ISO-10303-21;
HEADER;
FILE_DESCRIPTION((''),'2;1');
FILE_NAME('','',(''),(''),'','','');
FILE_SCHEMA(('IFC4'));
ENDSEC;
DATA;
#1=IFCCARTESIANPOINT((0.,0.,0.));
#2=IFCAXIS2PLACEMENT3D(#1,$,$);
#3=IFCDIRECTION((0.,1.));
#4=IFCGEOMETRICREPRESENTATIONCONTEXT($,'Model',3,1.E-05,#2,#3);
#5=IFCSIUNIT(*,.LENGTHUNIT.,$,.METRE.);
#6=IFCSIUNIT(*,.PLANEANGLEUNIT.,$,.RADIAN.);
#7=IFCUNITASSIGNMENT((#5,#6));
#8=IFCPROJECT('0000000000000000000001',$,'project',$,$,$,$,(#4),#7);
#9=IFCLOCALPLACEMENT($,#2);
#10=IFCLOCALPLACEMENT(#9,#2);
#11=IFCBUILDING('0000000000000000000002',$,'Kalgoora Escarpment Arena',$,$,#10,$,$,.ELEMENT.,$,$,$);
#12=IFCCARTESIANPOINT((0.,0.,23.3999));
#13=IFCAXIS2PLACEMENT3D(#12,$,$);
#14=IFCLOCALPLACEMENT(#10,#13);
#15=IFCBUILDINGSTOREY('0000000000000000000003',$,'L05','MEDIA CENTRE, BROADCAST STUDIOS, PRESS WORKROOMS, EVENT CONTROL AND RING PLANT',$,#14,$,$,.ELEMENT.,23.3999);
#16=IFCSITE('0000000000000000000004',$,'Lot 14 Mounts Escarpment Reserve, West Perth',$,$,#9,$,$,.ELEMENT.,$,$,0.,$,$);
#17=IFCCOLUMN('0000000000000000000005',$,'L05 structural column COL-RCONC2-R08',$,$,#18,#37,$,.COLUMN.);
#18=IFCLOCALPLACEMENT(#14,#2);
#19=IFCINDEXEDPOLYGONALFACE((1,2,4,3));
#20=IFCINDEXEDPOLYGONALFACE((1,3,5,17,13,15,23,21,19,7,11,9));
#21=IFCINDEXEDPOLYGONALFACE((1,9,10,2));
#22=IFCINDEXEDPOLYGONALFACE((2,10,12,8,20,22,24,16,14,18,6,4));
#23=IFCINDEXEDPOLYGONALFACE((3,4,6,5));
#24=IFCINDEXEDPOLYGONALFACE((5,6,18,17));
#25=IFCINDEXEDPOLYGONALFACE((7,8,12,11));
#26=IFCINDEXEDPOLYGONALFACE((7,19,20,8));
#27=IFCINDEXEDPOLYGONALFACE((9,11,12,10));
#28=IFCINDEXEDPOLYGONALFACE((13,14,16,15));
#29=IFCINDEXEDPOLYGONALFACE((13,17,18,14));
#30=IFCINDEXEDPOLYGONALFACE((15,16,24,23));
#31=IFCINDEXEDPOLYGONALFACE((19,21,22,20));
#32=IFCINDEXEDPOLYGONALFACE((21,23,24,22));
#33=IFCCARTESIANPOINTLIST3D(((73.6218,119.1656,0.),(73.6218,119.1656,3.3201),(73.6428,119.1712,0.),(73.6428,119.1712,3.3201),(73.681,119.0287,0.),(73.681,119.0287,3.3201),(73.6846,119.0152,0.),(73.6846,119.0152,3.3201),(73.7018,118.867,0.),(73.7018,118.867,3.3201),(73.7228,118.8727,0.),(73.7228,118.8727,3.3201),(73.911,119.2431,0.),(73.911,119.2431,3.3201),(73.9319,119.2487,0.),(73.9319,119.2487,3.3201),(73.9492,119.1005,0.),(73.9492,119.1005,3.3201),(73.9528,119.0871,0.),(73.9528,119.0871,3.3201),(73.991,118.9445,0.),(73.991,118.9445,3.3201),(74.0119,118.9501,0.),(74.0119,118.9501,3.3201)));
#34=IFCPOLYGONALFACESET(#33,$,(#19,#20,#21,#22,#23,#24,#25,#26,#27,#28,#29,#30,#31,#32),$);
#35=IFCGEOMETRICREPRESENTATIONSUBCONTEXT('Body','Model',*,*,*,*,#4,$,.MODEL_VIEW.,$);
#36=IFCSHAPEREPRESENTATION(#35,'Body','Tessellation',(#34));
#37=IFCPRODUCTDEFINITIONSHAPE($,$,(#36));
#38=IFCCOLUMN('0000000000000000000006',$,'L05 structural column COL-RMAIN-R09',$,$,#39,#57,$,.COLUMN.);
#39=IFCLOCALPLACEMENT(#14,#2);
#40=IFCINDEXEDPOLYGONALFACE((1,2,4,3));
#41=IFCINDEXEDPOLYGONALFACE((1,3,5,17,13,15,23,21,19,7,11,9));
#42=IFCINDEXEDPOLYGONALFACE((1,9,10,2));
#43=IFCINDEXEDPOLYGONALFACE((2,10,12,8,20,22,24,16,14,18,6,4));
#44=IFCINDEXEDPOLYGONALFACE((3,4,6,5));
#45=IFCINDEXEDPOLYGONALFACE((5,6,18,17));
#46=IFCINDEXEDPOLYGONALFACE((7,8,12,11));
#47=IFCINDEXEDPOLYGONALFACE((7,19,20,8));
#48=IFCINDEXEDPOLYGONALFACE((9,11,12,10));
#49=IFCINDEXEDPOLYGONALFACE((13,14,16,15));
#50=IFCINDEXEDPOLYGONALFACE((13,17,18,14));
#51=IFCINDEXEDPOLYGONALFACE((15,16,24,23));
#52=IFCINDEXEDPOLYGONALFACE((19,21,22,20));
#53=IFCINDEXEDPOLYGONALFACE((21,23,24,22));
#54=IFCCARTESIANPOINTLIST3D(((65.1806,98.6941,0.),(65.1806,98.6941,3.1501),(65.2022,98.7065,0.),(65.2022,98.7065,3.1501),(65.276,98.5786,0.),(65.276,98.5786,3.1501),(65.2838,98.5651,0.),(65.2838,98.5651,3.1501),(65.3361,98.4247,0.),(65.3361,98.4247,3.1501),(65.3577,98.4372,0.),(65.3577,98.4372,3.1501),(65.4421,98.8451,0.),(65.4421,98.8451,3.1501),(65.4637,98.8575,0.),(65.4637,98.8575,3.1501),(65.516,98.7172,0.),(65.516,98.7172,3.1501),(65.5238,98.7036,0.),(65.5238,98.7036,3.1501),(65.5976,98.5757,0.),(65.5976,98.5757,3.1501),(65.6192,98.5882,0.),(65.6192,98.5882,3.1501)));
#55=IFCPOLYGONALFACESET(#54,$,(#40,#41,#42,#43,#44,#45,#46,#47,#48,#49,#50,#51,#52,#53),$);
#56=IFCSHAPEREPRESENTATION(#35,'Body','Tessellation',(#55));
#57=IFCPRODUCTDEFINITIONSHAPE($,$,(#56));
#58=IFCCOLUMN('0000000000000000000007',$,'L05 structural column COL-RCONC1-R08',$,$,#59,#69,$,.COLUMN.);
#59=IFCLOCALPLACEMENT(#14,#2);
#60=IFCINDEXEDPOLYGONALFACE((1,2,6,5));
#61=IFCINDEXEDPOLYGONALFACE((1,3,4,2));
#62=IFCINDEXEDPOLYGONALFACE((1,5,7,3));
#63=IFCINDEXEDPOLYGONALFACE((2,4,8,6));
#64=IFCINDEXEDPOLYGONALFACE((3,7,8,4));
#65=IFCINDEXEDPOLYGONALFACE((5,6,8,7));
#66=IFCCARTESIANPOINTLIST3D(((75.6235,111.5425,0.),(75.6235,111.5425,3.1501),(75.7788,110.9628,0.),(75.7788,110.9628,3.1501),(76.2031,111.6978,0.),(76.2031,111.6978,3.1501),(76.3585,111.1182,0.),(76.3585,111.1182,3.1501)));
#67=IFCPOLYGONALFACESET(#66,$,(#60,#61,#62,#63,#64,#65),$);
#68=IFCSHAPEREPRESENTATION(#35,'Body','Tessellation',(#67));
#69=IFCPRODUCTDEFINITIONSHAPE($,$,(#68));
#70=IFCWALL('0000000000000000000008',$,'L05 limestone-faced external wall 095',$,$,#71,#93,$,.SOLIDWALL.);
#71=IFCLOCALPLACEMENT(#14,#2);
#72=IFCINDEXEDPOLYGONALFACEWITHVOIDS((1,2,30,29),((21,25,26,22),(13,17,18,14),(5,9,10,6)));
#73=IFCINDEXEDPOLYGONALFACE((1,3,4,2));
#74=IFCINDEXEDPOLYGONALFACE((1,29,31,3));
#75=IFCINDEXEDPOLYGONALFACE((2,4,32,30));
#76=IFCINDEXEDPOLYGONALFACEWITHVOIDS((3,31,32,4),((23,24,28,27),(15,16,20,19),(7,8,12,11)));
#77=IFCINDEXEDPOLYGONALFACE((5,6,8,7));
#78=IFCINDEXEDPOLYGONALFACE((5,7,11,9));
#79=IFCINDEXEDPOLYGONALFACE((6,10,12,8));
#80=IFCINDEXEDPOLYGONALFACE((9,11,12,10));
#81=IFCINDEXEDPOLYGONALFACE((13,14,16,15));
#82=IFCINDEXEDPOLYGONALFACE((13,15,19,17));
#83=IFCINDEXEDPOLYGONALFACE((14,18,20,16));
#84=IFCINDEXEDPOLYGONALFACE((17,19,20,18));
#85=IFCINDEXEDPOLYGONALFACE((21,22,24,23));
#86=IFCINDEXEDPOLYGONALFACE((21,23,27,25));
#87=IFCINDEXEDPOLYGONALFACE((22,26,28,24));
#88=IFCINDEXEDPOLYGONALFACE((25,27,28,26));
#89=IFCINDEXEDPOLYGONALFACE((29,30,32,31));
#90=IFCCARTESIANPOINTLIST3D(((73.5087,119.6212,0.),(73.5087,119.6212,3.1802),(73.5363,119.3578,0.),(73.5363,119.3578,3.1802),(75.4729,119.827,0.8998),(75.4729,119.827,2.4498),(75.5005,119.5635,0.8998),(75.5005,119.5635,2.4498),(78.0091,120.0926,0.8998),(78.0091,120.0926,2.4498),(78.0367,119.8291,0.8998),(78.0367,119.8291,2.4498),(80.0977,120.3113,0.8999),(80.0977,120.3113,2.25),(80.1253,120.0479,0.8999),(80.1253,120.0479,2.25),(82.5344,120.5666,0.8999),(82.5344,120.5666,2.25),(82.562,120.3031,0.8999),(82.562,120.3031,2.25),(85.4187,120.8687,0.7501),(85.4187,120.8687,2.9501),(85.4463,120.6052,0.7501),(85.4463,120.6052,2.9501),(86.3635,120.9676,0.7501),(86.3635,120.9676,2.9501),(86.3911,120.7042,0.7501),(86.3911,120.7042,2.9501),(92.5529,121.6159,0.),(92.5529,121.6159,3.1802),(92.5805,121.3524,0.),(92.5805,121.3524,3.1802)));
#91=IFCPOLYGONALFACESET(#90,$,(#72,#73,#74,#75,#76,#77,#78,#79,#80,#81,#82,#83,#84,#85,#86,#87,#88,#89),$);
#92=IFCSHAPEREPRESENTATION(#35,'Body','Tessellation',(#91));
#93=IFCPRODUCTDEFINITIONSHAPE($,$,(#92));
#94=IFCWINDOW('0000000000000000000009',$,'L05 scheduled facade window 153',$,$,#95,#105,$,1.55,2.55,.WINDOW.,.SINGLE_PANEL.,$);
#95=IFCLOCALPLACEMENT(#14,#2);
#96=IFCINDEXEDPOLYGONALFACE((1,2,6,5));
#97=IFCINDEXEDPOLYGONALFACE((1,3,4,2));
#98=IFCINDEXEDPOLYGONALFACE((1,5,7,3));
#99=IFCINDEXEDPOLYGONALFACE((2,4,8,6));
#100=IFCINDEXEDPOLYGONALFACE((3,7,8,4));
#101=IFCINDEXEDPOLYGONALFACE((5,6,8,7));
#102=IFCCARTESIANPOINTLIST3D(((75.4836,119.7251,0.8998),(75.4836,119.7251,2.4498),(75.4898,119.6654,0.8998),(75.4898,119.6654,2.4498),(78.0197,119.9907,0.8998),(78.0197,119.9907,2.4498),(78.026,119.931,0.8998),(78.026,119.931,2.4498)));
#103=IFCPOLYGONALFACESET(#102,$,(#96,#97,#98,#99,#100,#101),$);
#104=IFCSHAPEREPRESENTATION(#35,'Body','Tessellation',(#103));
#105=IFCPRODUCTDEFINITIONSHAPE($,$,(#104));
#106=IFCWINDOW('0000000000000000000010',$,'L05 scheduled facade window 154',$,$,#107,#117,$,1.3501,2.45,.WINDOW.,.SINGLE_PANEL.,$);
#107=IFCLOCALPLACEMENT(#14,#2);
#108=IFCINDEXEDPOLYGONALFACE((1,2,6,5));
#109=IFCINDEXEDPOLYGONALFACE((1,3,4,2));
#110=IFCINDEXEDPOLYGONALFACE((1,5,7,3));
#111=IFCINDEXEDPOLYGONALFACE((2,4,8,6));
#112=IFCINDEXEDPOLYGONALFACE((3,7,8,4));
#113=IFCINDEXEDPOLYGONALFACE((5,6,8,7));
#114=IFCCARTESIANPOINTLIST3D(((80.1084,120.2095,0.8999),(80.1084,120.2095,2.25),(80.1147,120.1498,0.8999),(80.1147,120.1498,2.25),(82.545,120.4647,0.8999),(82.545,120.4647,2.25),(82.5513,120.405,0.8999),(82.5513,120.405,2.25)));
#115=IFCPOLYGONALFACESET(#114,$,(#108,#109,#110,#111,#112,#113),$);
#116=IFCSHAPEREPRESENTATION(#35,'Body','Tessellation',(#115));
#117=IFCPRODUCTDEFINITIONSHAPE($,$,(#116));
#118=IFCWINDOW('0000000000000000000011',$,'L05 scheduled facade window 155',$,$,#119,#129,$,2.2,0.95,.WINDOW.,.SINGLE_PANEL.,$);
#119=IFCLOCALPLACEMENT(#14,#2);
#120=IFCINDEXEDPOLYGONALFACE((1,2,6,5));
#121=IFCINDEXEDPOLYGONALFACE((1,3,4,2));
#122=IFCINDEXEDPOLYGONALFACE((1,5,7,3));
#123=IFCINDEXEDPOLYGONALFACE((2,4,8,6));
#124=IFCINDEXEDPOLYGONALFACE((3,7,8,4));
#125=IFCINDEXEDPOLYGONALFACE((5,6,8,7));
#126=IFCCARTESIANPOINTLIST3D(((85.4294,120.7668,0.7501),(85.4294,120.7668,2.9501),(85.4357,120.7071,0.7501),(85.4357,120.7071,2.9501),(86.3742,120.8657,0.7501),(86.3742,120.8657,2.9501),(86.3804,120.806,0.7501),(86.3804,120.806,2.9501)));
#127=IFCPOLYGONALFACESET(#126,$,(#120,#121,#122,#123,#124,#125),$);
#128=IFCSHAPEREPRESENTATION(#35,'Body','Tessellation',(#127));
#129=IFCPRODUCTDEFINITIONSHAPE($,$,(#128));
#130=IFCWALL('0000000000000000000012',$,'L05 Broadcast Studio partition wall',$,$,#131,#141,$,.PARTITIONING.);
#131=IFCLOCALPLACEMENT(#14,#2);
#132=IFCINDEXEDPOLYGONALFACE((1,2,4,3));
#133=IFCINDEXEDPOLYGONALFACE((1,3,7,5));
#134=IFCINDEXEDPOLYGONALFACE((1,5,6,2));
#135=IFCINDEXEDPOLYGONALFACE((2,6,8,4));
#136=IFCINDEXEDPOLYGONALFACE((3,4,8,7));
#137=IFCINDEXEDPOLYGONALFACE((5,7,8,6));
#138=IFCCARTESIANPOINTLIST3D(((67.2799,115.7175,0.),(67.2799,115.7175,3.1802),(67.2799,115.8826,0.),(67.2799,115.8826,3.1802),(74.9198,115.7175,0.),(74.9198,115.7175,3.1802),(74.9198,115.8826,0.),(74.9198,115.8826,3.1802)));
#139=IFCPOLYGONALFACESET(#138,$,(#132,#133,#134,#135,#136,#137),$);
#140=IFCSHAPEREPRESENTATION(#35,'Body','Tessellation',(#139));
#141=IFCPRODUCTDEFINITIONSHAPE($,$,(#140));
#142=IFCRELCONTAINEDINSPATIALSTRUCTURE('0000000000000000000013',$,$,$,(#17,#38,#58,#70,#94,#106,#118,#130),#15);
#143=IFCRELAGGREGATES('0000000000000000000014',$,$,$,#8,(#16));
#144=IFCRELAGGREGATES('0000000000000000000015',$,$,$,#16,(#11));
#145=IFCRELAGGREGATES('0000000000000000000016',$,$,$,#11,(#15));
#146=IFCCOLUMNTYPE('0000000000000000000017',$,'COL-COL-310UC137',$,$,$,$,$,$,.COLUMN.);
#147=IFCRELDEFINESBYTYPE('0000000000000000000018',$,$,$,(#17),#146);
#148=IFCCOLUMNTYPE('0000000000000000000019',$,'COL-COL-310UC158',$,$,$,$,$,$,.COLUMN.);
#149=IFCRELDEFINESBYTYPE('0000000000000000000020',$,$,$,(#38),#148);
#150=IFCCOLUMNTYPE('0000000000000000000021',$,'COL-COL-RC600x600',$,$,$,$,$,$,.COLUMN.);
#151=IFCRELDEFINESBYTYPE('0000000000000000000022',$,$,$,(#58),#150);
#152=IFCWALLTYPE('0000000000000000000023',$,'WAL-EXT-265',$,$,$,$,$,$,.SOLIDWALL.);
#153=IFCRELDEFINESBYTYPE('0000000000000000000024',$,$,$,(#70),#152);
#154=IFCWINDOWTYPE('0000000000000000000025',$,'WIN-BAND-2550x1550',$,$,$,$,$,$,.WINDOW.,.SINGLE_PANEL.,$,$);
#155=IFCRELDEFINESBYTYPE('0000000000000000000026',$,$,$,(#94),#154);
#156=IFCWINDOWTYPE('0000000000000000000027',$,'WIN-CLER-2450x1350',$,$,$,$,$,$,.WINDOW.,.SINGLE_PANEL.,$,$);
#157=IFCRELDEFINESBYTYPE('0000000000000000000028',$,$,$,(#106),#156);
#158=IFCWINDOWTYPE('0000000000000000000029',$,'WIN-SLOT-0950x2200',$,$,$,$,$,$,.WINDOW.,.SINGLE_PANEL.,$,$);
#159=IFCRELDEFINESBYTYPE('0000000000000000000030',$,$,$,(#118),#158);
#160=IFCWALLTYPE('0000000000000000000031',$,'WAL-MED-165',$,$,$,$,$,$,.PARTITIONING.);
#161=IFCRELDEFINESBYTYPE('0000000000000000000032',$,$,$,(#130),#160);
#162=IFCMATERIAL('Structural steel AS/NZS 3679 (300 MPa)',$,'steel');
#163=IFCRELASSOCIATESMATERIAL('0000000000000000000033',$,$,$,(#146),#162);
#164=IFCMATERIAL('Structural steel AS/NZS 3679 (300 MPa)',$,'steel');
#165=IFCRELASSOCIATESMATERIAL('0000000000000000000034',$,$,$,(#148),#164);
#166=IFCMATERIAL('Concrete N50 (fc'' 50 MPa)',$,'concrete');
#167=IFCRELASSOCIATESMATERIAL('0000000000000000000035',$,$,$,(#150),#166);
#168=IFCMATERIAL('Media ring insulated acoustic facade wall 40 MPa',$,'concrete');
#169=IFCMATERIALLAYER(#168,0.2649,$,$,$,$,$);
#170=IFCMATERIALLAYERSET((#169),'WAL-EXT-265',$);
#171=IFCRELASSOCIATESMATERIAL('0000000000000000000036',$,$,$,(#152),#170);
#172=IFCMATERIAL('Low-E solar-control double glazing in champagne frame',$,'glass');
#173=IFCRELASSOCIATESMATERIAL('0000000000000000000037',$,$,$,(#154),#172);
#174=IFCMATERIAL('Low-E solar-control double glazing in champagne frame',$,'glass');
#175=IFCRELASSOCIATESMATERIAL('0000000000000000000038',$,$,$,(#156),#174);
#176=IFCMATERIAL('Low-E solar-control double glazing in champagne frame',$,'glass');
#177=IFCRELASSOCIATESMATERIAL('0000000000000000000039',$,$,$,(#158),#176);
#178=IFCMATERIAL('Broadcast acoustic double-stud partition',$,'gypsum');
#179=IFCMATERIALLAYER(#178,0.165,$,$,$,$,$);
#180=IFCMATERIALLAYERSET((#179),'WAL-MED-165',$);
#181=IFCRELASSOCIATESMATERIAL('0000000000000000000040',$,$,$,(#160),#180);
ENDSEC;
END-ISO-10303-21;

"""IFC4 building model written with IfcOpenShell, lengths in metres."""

from ifc_helpers import new_model, si_unit, direction, frame, frame_2d, origin, origin_2d, place, context, subcontext, project, spatial, rectangle, i_section, extrude, material, layer, layer_set, material_profile, profile_set, type_object, element, fill, save


model = new_model("IFC4")

# Units and contexts
model_context = context("Model", 3, precision=1e-05, world=origin(), true_north=direction((0.0, 1.0)))
body_context = subcontext(model_context, "Body", "Model", "MODEL_VIEW")
ifc_project = project(units=[si_unit("LENGTHUNIT", "METRE"), si_unit("PLANEANGLEUNIT", "RADIAN")], contexts=[model_context])

# Site, building, storey
site_placement = place(None, origin())
site = spatial("IfcSite", under=ifc_project, at=site_placement, Name="Lot 14 Mounts Escarpment Reserve, West Perth", CompositionType="ELEMENT", RefElevation=0.0)
building_placement = place(site_placement, origin())
building = spatial("IfcBuilding", under=site, at=building_placement, Name="Kalgoora Escarpment Arena", CompositionType="ELEMENT")
storey_placement = place(building_placement, frame((0.0, 0.0, 23.3999)))
storey = spatial("IfcBuildingStorey", under=building, at=storey_placement, Name="L05", Description="MEDIA CENTRE, BROADCAST STUDIOS, PRESS WORKROOMS, EVENT CONTROL AND RING PLANT", CompositionType="ELEMENT", Elevation=23.3999)

# Columns
ifc_material_1 = material(Name="Structural steel AS/NZS 3679 (300 MPa)", Category="steel")
ifc_material_profile_1 = material_profile(ifc_material_1, i_section(OverallWidth=0.3091, OverallDepth=0.321, WebThickness=0.0139, FlangeThickness=0.0217, at=origin_2d()))
ifc_profile_set_1 = profile_set([ifc_material_profile_1], Name="Structural steel AS/NZS 3679 (300 MPa)")
column_type_1 = type_object("IfcColumnType", Name="COL-COL-310UC137", PredefinedType="COLUMN", material=ifc_profile_set_1)
column_1_placement = place(storey_placement, frame((73.8169, 119.0579, 0.0), z_axis=(0.0, 0.0, 1.0), x_axis=(-0.258819, 0.965926, 0.0)))
element("IfcColumn", 1, at=column_1_placement, inside=storey, type_object=column_type_1, Name="L05 structural column COL-RCONC2-R08", PredefinedType="COLUMN", context=body_context, shape_type="SweptSolid", body=[
    extrude(i_section(OverallWidth=0.3091, OverallDepth=0.321, WebThickness=0.0139, FlangeThickness=0.0217, at=origin_2d()), origin(), (0.0, 0.0, 1.0), 3.3201),
])
ifc_material_2 = material(Name="Structural steel AS/NZS 3679 (300 MPa)", Category="steel")
ifc_material_profile_2 = material_profile(ifc_material_2, i_section(OverallWidth=0.311, OverallDepth=0.3269, WebThickness=0.0156, FlangeThickness=0.0249, at=origin_2d()))
ifc_profile_set_2 = profile_set([ifc_material_profile_2], Name="Structural steel AS/NZS 3679 (300 MPa)")
column_type_2 = type_object("IfcColumnType", Name="COL-COL-310UC158", PredefinedType="COLUMN", material=ifc_profile_set_2)
column_2_placement = place(storey_placement, frame((65.3999, 98.6411, 0.0), z_axis=(0.0, 0.0, 1.0), x_axis=(-0.5, 0.866025, 0.0)))
element("IfcColumn", 2, at=column_2_placement, inside=storey, type_object=column_type_2, Name="L05 structural column COL-RMAIN-R09", PredefinedType="COLUMN", context=body_context, shape_type="SweptSolid", body=[
    extrude(i_section(OverallWidth=0.311, OverallDepth=0.3269, WebThickness=0.0156, FlangeThickness=0.0249, at=origin_2d()), origin(), (0.0, 0.0, 1.0), 3.1501),
])
ifc_material_3 = material(Name="Concrete N50 (fc' 50 MPa)", Category="concrete")
ifc_material_profile_3 = material_profile(ifc_material_3, rectangle(XDim=0.6001, YDim=0.6001, at=origin_2d()))
ifc_profile_set_3 = profile_set([ifc_material_profile_3], Name="Concrete N50 (fc' 50 MPa)")
column_type_3 = type_object("IfcColumnType", Name="COL-COL-RC600x600", PredefinedType="COLUMN", material=ifc_profile_set_3)
column_3_placement = place(storey_placement, frame((75.991, 111.3303, 0.0), z_axis=(0.0, 0.0, 1.0), x_axis=(-0.258819, 0.965926, 0.0)))
element("IfcColumn", 3, at=column_3_placement, inside=storey, type_object=column_type_3, Name="L05 structural column COL-RCONC1-R08", PredefinedType="COLUMN", context=body_context, shape_type="SweptSolid", body=[
    extrude(rectangle(XDim=0.6001, YDim=0.6001, at=origin_2d()), origin(), (0.0, 0.0, 1.0), 3.1501),
])

# Wall, openings, windows
ifc_material_4 = material(Name="Media ring insulated acoustic facade wall 40 MPa", Category="concrete")
ifc_layer_1 = layer(ifc_material_4, 0.2649)
ifc_layer_set_1 = layer_set([ifc_layer_1], Name="WAL-EXT-265")
wall_type_1 = type_object("IfcWallType", Name="WAL-EXT-265", PredefinedType="SOLIDWALL", material=ifc_layer_set_1)
wall_1_placement = place(storey_placement, frame((73.5225, 119.4895, 0.0), z_axis=(0.0, 0.0, 1.0), x_axis=(0.99456, 0.104167, 0.0)))
wall_1 = element("IfcWall", 4, at=wall_1_placement, inside=storey, type_object=wall_type_1, Name="L05 limestone-faced external wall 095", PredefinedType="SOLIDWALL", context=body_context, shape_type="SweptSolid", body=[
    extrude(rectangle(XDim=19.1484, YDim=0.2649, at=frame_2d((9.5742, 0.0))), origin(), (0.0, 0.0, 1.0), 3.1802),
])
opening_1_placement = place(wall_1_placement, frame((1.9751, 0.0, 0.8999)))
opening_1 = element("IfcOpeningElement", 5, at=opening_1_placement, cuts=wall_1, PredefinedType="OPENING", context=body_context, shape_type="SweptSolid", body=[
    extrude(rectangle(XDim=2.55, YDim=1.55, at=frame_2d((1.2749, 0.7749))), frame((0.0, 0.1423, 0.0), z_axis=(0.0, -1.0, 0.0), x_axis=(1.0, 0.0, 0.0)), (0.0, 0.0, 1.0), 0.2849),
])
opening_2_placement = place(wall_1_placement, frame((6.625, 0.0, 0.8999)))
opening_2 = element("IfcOpeningElement", 6, at=opening_2_placement, cuts=wall_1, PredefinedType="OPENING", context=body_context, shape_type="SweptSolid", body=[
    extrude(rectangle(XDim=2.45, YDim=1.3501, at=frame_2d((1.2251, 0.675))), frame((0.0, 0.1423, 0.0), z_axis=(0.0, -1.0, 0.0), x_axis=(1.0, 0.0, 0.0)), (0.0, 0.0, 1.0), 0.2849),
])
opening_3_placement = place(wall_1_placement, frame((11.9751, 0.0, 0.75)))
opening_3 = element("IfcOpeningElement", 7, at=opening_3_placement, cuts=wall_1, PredefinedType="OPENING", context=body_context, shape_type="SweptSolid", body=[
    extrude(rectangle(XDim=0.95, YDim=2.2, at=frame_2d((0.4751, 1.1001))), frame((0.0, 0.1423, 0.0), z_axis=(0.0, -1.0, 0.0), x_axis=(1.0, 0.0, 0.0)), (0.0, 0.0, 1.0), 0.2849),
])
ifc_material_5 = material(Name="Low-E solar-control double glazing in champagne frame", Category="glass")
window_type_1 = type_object("IfcWindowType", Name="WIN-BAND-2550x1550", PartitioningType="SINGLE_PANEL", PredefinedType="WINDOW", material=ifc_material_5)
window_1_placement = place(opening_1_placement, origin())
window_1 = element("IfcWindow", 8, at=window_1_placement, inside=storey, type_object=window_type_1, Name="L05 scheduled facade window 153", OverallHeight=1.55, OverallWidth=2.55, PartitioningType="SINGLE_PANEL", PredefinedType="WINDOW", context=body_context, shape_type="SweptSolid", body=[
    extrude(rectangle(XDim=2.55, YDim=1.55, at=frame_2d((1.2749, 0.7749))), frame((0.0, 0.03, 0.0), z_axis=(0.0, -1.0, 0.0), x_axis=(1.0, 0.0, 0.0)), (0.0, 0.0, 1.0), 0.0601),
])
fill(opening_1, window_1)
ifc_material_6 = material(Name="Low-E solar-control double glazing in champagne frame", Category="glass")
window_type_2 = type_object("IfcWindowType", Name="WIN-CLER-2450x1350", PartitioningType="SINGLE_PANEL", PredefinedType="WINDOW", material=ifc_material_6)
window_2_placement = place(opening_2_placement, origin())
window_2 = element("IfcWindow", 9, at=window_2_placement, inside=storey, type_object=window_type_2, Name="L05 scheduled facade window 154", OverallHeight=1.3501, OverallWidth=2.45, PartitioningType="SINGLE_PANEL", PredefinedType="WINDOW", context=body_context, shape_type="SweptSolid", body=[
    extrude(rectangle(XDim=2.45, YDim=1.3501, at=frame_2d((1.2251, 0.675))), frame((0.0, 0.03, 0.0), z_axis=(0.0, -1.0, 0.0), x_axis=(1.0, 0.0, 0.0)), (0.0, 0.0, 1.0), 0.0601),
])
fill(opening_2, window_2)
ifc_material_7 = material(Name="Low-E solar-control double glazing in champagne frame", Category="glass")
window_type_3 = type_object("IfcWindowType", Name="WIN-SLOT-0950x2200", PartitioningType="SINGLE_PANEL", PredefinedType="WINDOW", material=ifc_material_7)
window_3_placement = place(opening_3_placement, origin())
window_3 = element("IfcWindow", 10, at=window_3_placement, inside=storey, type_object=window_type_3, Name="L05 scheduled facade window 155", OverallHeight=2.2, OverallWidth=0.95, PartitioningType="SINGLE_PANEL", PredefinedType="WINDOW", context=body_context, shape_type="SweptSolid", body=[
    extrude(rectangle(XDim=0.95, YDim=2.2, at=frame_2d((0.4751, 1.1001))), frame((0.0, 0.03, 0.0), z_axis=(0.0, -1.0, 0.0), x_axis=(1.0, 0.0, 0.0)), (0.0, 0.0, 1.0), 0.0601),
])
fill(opening_3, window_3)

# Wall
ifc_material_8 = material(Name="Broadcast acoustic double-stud partition", Category="gypsum")
ifc_layer_2 = layer(ifc_material_8, 0.165)
ifc_layer_set_2 = layer_set([ifc_layer_2], Name="WAL-MED-165")
wall_type_2 = type_object("IfcWallType", Name="WAL-MED-165", PredefinedType="PARTITIONING", material=ifc_layer_set_2)
wall_2_placement = place(storey_placement, frame((67.28, 115.8, 0.0), z_axis=(0.0, 0.0, 1.0), x_axis=(1.0, 0.0, 0.0)))
element("IfcWall", 11, at=wall_2_placement, inside=storey, type_object=wall_type_2, Name="L05 Broadcast Studio partition wall", PredefinedType="PARTITIONING", context=body_context, shape_type="SweptSolid", body=[
    extrude(rectangle(XDim=7.6399, YDim=0.165, at=frame_2d((3.8198, 0.0))), origin(), (0.0, 0.0, 1.0), 3.1802),
])

save(model, "model.ifc")
